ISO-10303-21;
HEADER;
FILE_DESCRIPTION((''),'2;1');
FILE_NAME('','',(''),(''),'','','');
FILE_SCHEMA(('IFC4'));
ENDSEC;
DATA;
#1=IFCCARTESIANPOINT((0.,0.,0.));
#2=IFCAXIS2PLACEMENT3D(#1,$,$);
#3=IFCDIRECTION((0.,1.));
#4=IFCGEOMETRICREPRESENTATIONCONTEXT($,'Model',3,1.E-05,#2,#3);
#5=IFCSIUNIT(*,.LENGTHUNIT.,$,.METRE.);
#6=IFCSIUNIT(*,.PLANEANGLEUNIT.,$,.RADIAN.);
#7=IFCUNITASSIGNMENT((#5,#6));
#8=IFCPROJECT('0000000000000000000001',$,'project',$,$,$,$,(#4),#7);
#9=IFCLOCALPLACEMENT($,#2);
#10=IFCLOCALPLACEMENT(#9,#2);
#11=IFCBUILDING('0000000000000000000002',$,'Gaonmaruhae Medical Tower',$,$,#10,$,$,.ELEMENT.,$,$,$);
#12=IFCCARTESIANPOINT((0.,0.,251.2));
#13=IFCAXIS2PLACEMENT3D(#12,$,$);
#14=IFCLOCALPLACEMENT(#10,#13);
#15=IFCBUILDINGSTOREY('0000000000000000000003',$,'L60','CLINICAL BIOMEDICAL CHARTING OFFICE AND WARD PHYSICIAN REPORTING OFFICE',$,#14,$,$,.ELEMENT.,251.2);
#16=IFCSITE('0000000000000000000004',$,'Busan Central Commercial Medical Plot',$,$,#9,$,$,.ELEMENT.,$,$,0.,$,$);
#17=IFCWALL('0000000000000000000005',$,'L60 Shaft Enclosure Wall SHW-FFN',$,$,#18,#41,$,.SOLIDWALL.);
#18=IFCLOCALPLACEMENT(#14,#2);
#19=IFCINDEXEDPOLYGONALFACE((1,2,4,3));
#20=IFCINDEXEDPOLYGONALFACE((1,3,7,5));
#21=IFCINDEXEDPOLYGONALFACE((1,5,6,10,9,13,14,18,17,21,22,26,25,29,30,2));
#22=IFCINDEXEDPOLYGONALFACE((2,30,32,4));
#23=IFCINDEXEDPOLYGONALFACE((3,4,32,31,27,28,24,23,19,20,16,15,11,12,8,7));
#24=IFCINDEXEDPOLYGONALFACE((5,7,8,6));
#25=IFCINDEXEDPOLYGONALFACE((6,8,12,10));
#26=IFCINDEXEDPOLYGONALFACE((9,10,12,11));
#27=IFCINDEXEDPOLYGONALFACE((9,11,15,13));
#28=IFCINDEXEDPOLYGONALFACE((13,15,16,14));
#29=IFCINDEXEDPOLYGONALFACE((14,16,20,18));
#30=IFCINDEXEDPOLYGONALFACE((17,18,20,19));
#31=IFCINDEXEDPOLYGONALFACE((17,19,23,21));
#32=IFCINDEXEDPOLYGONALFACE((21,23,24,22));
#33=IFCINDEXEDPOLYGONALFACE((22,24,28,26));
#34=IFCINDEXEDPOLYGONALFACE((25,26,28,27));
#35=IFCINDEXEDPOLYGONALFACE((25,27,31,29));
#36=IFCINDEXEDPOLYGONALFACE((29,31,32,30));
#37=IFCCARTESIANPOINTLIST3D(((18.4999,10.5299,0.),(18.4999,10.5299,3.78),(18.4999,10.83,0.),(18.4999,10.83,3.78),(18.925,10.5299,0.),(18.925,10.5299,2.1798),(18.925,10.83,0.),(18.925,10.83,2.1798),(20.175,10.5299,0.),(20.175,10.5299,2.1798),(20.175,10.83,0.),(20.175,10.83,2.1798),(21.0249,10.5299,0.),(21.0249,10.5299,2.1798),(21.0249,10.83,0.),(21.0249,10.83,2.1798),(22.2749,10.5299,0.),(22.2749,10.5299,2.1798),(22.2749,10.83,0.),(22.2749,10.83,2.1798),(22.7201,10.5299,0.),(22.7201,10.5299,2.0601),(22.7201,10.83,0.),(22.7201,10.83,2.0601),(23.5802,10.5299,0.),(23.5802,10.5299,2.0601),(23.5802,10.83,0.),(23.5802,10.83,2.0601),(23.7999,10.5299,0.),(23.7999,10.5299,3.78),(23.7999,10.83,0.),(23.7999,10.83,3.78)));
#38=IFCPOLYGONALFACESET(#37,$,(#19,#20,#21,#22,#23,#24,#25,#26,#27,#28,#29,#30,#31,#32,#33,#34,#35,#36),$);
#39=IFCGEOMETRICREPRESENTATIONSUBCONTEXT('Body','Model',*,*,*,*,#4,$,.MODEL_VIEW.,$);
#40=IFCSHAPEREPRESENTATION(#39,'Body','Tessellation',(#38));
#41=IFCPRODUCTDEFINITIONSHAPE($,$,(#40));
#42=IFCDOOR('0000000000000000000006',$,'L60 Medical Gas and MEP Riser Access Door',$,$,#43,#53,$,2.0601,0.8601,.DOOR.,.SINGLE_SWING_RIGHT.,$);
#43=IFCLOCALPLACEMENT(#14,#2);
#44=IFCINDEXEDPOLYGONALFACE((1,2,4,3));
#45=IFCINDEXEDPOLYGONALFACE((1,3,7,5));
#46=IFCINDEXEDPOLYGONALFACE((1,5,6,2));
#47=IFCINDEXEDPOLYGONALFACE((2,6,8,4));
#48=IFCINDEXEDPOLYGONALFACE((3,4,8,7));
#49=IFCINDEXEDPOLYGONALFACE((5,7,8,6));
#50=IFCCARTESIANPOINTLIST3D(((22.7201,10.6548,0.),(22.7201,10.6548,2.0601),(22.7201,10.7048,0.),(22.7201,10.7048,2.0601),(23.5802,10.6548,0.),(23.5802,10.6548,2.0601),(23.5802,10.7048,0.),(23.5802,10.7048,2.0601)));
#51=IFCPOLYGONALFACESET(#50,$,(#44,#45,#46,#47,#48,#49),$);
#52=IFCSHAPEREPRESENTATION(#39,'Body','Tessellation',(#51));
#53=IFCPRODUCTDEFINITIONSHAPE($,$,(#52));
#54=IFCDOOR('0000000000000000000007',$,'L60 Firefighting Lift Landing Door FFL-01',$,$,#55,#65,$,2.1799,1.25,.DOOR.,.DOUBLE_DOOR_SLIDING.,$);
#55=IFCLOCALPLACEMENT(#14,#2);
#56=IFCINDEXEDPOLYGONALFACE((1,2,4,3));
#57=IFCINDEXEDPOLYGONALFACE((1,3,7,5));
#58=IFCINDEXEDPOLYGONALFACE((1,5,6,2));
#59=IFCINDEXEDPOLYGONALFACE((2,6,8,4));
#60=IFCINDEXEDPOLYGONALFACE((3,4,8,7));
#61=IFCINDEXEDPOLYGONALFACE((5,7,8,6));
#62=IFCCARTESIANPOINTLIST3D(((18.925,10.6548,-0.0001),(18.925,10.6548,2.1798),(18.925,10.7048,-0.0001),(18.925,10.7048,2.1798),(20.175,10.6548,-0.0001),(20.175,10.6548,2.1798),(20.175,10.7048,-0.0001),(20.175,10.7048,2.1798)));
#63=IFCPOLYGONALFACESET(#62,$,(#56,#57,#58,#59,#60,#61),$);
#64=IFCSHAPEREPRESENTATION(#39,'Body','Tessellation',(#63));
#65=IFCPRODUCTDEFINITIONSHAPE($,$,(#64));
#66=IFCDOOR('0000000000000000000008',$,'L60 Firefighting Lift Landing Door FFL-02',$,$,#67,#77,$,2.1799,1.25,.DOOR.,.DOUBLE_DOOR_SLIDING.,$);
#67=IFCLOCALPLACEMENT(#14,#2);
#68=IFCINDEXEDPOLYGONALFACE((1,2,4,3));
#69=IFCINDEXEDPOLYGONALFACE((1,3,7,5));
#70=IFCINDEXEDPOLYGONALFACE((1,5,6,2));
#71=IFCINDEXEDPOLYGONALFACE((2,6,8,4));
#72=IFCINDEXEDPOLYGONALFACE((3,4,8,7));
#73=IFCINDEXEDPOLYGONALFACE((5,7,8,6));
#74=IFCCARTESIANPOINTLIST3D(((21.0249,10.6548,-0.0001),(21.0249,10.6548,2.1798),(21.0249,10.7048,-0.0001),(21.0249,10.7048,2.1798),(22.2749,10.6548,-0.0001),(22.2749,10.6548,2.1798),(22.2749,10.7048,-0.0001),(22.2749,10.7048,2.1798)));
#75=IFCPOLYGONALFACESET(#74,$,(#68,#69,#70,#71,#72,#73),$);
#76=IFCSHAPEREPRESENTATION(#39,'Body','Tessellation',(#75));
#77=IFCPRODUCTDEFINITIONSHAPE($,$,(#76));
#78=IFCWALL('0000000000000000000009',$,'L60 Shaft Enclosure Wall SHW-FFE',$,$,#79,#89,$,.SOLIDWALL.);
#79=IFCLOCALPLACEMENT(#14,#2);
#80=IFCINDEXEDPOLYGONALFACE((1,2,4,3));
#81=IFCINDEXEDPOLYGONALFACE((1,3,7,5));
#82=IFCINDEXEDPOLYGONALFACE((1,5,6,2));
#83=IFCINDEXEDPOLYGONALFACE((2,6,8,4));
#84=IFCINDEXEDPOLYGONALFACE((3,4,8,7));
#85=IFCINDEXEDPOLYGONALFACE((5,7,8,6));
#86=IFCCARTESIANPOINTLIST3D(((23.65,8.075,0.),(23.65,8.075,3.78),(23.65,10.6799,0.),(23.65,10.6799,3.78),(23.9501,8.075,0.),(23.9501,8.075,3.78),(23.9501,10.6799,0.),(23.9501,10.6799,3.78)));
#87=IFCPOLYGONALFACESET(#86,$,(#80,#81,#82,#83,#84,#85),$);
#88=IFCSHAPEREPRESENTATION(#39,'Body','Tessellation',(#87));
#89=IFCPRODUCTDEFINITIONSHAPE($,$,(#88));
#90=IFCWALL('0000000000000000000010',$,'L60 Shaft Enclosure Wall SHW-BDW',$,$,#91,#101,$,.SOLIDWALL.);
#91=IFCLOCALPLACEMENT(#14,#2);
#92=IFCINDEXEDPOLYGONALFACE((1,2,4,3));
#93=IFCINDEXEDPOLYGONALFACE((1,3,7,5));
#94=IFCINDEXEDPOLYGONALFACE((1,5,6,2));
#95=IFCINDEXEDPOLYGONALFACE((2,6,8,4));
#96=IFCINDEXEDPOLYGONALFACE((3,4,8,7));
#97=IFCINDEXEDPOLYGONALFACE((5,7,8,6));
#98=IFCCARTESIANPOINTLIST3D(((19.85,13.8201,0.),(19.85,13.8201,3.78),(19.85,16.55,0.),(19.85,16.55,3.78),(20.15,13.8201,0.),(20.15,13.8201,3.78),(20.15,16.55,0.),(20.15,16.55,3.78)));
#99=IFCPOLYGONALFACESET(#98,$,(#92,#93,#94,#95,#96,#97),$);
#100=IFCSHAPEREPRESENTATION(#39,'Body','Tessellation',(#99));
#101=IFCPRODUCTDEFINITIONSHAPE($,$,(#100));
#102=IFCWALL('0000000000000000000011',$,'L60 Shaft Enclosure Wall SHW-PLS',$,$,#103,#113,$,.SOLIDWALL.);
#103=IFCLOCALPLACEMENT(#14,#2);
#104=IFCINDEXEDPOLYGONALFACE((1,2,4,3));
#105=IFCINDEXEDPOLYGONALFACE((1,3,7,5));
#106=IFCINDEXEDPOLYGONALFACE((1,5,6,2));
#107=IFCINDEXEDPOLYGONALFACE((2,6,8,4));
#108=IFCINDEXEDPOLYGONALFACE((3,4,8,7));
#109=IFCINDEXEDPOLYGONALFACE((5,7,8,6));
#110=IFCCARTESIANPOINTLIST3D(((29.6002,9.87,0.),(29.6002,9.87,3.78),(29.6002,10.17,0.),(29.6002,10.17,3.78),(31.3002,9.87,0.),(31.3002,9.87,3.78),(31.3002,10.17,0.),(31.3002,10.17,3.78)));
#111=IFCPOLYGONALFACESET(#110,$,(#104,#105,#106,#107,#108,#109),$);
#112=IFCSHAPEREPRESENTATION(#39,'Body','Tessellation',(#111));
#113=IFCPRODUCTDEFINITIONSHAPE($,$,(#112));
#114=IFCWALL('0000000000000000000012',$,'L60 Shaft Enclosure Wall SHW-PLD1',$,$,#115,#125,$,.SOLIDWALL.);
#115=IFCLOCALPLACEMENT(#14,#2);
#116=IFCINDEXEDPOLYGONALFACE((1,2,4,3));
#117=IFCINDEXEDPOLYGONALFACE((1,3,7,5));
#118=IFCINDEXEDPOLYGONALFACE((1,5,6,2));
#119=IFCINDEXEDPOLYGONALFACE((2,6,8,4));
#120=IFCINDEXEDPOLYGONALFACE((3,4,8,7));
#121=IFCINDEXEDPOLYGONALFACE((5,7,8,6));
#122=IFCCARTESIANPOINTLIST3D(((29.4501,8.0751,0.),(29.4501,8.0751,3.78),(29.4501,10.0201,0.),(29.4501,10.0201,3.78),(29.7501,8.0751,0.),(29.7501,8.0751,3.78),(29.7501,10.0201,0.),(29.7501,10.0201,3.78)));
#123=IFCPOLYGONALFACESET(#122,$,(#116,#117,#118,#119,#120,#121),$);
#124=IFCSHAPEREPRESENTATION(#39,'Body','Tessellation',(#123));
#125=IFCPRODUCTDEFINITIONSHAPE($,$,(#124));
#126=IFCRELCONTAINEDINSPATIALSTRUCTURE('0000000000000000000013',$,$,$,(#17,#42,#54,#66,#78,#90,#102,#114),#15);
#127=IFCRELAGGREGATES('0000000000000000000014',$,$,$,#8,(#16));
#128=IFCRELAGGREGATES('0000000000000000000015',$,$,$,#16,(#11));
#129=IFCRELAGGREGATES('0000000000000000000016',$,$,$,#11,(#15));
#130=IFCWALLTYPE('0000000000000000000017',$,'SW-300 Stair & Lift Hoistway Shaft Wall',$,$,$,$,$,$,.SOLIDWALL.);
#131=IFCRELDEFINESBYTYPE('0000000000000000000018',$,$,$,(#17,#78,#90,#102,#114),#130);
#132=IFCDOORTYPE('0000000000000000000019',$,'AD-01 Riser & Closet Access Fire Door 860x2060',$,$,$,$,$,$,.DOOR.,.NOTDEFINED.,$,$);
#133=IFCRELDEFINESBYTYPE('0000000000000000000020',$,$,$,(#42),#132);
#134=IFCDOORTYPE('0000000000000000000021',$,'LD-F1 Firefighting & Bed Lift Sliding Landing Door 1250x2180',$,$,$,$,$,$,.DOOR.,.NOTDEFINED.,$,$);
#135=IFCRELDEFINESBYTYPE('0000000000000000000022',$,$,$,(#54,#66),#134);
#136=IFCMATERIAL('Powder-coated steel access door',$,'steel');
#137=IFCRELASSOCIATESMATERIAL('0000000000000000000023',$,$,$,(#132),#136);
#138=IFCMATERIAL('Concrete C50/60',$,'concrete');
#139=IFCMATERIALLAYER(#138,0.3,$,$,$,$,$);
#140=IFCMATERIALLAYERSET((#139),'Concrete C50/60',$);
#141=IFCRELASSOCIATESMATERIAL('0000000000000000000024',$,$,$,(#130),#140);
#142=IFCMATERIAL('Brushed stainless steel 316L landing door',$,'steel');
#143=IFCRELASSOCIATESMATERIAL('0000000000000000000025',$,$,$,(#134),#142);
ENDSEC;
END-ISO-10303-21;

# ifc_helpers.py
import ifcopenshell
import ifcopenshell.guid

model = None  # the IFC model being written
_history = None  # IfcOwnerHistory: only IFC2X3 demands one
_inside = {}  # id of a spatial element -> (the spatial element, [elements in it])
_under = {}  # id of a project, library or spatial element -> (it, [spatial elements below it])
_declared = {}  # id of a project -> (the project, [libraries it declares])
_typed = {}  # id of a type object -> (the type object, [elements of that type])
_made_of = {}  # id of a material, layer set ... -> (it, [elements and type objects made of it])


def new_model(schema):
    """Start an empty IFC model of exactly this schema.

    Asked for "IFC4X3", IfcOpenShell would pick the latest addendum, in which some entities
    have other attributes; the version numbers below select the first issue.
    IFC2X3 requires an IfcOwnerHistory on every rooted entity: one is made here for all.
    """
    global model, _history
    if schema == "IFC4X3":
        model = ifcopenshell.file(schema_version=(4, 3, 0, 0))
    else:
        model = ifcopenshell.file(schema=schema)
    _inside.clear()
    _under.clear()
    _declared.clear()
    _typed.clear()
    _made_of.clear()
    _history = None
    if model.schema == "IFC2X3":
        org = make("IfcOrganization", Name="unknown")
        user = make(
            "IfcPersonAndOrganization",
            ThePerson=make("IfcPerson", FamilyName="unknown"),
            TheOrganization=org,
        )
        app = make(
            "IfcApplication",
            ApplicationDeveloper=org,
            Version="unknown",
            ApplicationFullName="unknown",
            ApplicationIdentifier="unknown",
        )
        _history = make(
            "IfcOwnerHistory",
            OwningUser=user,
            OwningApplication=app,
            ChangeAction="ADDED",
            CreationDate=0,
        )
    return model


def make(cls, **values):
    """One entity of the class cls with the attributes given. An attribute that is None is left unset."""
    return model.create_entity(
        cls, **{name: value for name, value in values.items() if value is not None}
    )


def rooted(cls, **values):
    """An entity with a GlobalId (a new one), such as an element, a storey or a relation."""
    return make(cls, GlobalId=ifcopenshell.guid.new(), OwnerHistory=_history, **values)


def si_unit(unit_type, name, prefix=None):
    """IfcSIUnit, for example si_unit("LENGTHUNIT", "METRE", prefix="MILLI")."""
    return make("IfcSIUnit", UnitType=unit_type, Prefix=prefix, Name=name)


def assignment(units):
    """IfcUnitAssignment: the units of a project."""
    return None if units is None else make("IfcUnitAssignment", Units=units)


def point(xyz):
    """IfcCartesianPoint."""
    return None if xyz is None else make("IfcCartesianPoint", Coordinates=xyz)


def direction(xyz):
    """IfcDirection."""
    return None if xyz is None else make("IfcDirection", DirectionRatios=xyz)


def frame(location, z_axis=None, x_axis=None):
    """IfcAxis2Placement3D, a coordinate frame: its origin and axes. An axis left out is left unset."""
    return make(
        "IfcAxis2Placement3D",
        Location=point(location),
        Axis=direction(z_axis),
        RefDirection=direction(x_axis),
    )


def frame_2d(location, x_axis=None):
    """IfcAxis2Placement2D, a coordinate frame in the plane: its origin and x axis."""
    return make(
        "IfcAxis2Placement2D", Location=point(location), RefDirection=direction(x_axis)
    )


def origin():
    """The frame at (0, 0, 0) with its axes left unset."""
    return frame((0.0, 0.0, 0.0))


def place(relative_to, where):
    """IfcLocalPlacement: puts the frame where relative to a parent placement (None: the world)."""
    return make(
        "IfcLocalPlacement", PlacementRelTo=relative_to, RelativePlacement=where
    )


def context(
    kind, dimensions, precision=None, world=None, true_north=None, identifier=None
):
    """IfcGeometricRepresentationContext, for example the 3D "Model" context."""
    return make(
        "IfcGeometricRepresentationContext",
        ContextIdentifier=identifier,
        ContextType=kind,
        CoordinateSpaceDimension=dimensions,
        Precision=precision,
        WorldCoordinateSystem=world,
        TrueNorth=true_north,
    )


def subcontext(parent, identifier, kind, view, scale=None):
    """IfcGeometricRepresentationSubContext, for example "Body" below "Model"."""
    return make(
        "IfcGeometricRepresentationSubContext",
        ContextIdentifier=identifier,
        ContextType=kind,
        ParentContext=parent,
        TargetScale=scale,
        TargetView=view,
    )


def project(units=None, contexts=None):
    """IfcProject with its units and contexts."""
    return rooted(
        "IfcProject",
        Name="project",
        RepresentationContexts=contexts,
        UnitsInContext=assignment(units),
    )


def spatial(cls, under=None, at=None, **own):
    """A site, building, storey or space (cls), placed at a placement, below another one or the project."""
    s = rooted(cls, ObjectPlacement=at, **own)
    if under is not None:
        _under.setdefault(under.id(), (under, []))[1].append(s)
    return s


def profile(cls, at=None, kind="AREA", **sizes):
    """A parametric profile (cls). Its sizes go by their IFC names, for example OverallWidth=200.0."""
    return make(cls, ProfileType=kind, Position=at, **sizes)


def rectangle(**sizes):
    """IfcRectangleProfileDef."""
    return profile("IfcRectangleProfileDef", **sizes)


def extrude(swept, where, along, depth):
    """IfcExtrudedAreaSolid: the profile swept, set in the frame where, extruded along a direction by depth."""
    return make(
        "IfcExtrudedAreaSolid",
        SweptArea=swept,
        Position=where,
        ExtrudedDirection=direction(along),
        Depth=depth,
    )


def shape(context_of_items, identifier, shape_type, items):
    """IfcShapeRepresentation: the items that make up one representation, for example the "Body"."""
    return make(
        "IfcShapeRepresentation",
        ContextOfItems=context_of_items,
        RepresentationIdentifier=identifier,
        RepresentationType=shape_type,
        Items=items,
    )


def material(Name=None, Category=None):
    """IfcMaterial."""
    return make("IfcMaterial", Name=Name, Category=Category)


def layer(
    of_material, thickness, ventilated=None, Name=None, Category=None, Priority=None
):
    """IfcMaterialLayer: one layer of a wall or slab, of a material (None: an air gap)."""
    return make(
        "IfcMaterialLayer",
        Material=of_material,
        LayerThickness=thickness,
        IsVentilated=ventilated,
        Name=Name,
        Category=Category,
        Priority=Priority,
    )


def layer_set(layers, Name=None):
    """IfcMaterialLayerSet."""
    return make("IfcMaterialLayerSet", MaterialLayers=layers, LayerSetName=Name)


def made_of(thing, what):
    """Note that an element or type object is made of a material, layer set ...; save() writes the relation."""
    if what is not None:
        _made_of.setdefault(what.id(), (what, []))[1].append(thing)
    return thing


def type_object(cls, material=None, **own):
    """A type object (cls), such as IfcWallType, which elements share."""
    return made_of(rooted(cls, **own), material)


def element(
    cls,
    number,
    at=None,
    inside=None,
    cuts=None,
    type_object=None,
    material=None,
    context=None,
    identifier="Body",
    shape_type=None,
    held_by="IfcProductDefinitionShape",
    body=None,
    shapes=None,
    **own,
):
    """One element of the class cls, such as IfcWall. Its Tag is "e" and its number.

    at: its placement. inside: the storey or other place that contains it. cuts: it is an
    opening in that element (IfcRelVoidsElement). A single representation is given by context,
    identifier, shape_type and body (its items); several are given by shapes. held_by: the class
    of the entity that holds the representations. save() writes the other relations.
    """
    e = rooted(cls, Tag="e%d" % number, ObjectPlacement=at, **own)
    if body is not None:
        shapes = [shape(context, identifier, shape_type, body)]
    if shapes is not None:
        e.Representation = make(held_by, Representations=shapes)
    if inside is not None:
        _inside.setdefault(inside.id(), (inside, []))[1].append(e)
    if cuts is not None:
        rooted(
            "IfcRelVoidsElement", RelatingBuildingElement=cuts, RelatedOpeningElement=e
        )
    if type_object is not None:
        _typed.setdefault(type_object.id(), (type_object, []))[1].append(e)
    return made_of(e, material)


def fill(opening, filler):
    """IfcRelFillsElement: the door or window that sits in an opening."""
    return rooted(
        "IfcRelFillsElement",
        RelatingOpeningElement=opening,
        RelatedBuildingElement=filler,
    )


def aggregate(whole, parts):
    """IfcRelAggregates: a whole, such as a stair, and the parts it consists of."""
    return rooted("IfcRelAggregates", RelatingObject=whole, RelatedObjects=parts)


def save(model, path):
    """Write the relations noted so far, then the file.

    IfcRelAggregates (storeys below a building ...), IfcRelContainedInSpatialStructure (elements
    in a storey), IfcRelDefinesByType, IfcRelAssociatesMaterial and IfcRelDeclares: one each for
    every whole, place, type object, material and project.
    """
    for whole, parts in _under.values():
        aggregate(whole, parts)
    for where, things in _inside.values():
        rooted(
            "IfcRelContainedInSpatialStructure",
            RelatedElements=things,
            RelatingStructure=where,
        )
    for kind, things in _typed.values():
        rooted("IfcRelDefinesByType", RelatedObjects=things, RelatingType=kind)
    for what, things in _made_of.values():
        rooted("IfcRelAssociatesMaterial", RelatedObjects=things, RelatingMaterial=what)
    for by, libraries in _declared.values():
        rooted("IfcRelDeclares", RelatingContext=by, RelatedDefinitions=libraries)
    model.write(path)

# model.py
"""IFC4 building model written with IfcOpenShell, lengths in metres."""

from ifc_helpers import new_model, si_unit, direction, frame, frame_2d, origin, place, context, subcontext, project, spatial, rectangle, extrude, material, layer, layer_set, type_object, element, fill, save


model = new_model("IFC4")

# Units and contexts
model_context = context("Model", 3, precision=1e-05, world=origin(), true_north=direction((0.0, 1.0)))
body_context = subcontext(model_context, "Body", "Model", "MODEL_VIEW")
ifc_project = project(units=[si_unit("LENGTHUNIT", "METRE"), si_unit("PLANEANGLEUNIT", "RADIAN")], contexts=[model_context])

# Site, building, storey
site_placement = place(None, origin())
site = spatial("IfcSite", under=ifc_project, at=site_placement, Name="Busan Central Commercial Medical Plot", CompositionType="ELEMENT", RefElevation=0.0)
building_placement = place(site_placement, origin())
building = spatial("IfcBuilding", under=site, at=building_placement, Name="Gaonmaruhae Medical Tower", CompositionType="ELEMENT")
storey_placement = place(building_placement, frame((0.0, 0.0, 251.2)))
storey = spatial("IfcBuildingStorey", under=building, at=storey_placement, Name="L60", Description="CLINICAL BIOMEDICAL CHARTING OFFICE AND WARD PHYSICIAN REPORTING OFFICE", CompositionType="ELEMENT", Elevation=251.2)

# Shared definitions
ifc_material_1 = material(Name="Concrete C50/60", Category="concrete")

# Shared definitions
ifc_material_2 = material(Name="Powder-coated steel access door", Category="steel")
door_type_1 = type_object("IfcDoorType", Name="AD-01 Riser & Closet Access Fire Door 860x2060", OperationType="NOTDEFINED", PredefinedType="DOOR", material=ifc_material_2)

# Wall, openings, doors
ifc_layer_1 = layer(ifc_material_1, 0.3)
ifc_layer_set_1 = layer_set([ifc_layer_1], Name="Concrete C50/60")
wall_type_1 = type_object("IfcWallType", Name="SW-300 Stair & Lift Hoistway Shaft Wall", PredefinedType="SOLIDWALL", material=ifc_layer_set_1)
wall_1_placement = place(storey_placement, frame((18.5, 10.6799, 0.0), z_axis=(0.0, 0.0, 1.0), x_axis=(1.0, 0.0, 0.0)))
wall_1 = element("IfcWall", 1, at=wall_1_placement, inside=storey, type_object=wall_type_1, Name="L60 Shaft Enclosure Wall SHW-FFN", PredefinedType="SOLIDWALL", context=body_context, shape_type="SweptSolid", body=[
    extrude(rectangle(XDim=5.3, YDim=0.3, at=frame_2d((2.6499, 0.0))), origin(), (0.0, 0.0, 1.0), 3.78),
])
opening_1_placement = place(wall_1_placement, frame((4.22, 0.0, 0.0)))
opening_1 = element("IfcOpeningElement", 2, at=opening_1_placement, cuts=wall_1, PredefinedType="OPENING", context=body_context, shape_type="SweptSolid", body=[
    extrude(rectangle(XDim=0.8601, YDim=2.0601, at=frame_2d((0.4302, 1.03))), frame((0.0, 0.1602, 0.0), z_axis=(0.0, -1.0, 0.0), x_axis=(1.0, 0.0, 0.0)), (0.0, 0.0, 1.0), 0.3201),
])
opening_2_placement = place(wall_1_placement, frame((0.425, 0.0, 0.0)))
opening_2 = element("IfcOpeningElement", 3, at=opening_2_placement, cuts=wall_1, PredefinedType="OPENING", context=body_context, shape_type="SweptSolid", body=[
    extrude(rectangle(XDim=1.25, YDim=2.1799, at=frame_2d((0.625, 1.0898))), frame((0.0, 0.1602, 0.0), z_axis=(0.0, -1.0, 0.0), x_axis=(1.0, 0.0, 0.0)), (0.0, 0.0, 1.0), 0.3201),
])
opening_3_placement = place(wall_1_placement, frame((2.5249, 0.0, 0.0)))
opening_3 = element("IfcOpeningElement", 4, at=opening_3_placement, cuts=wall_1, PredefinedType="OPENING", context=body_context, shape_type="SweptSolid", body=[
    extrude(rectangle(XDim=1.25, YDim=2.1799, at=frame_2d((0.625, 1.0898))), frame((0.0, 0.1602, 0.0), z_axis=(0.0, -1.0, 0.0), x_axis=(1.0, 0.0, 0.0)), (0.0, 0.0, 1.0), 0.3201),
])
door_1_placement = place(opening_1_placement, origin())
door_1 = element("IfcDoor", 5, at=door_1_placement, inside=storey, type_object=door_type_1, Name="L60 Medical Gas and MEP Riser Access Door", OperationType="SINGLE_SWING_RIGHT", OverallHeight=2.0601, OverallWidth=0.8601, PredefinedType="DOOR", context=body_context, shape_type="SweptSolid", body=[
    extrude(rectangle(XDim=0.8601, YDim=2.0601, at=frame_2d((0.4302, 1.03))), frame((0.0, 0.0249, 0.0), z_axis=(0.0, -1.0, 0.0), x_axis=(1.0, 0.0, 0.0)), (0.0, 0.0, 1.0), 0.05),
])
fill(opening_1, door_1)
ifc_material_3 = material(Name="Brushed stainless steel 316L landing door", Category="steel")
door_type_2 = type_object("IfcDoorType", Name="LD-F1 Firefighting & Bed Lift Sliding Landing Door 1250x2180", OperationType="NOTDEFINED", PredefinedType="DOOR", material=ifc_material_3)
door_2_placement = place(opening_2_placement, origin())
door_2 = element("IfcDoor", 6, at=door_2_placement, inside=storey, type_object=door_type_2, Name="L60 Firefighting Lift Landing Door FFL-01", OperationType="DOUBLE_DOOR_SLIDING", OverallHeight=2.1799, OverallWidth=1.25, PredefinedType="DOOR", context=body_context, shape_type="SweptSolid", body=[
    extrude(rectangle(XDim=1.25, YDim=2.1799, at=frame_2d((0.625, 1.0898))), frame((0.0, 0.0249, 0.0), z_axis=(0.0, -1.0, 0.0), x_axis=(1.0, 0.0, 0.0)), (0.0, 0.0, 1.0), 0.05),
])
fill(opening_2, door_2)
door_3_placement = place(opening_3_placement, origin())
door_3 = element("IfcDoor", 7, at=door_3_placement, inside=storey, type_object=door_type_2, Name="L60 Firefighting Lift Landing Door FFL-02", OperationType="DOUBLE_DOOR_SLIDING", OverallHeight=2.1799, OverallWidth=1.25, PredefinedType="DOOR", context=body_context, shape_type="SweptSolid", body=[
    extrude(rectangle(XDim=1.25, YDim=2.1799, at=frame_2d((0.625, 1.0898))), frame((0.0, 0.0249, 0.0), z_axis=(0.0, -1.0, 0.0), x_axis=(1.0, 0.0, 0.0)), (0.0, 0.0, 1.0), 0.05),
])
fill(opening_3, door_3)

# Walls
wall_2_placement = place(storey_placement, frame((23.8, 8.075, 0.0), z_axis=(0.0, 0.0, 1.0), x_axis=(0.0, 1.0, 0.0)))
element("IfcWall", 8, at=wall_2_placement, inside=storey, type_object=wall_type_1, Name="L60 Shaft Enclosure Wall SHW-FFE", PredefinedType="SOLIDWALL", context=body_context, shape_type="SweptSolid", body=[
    extrude(rectangle(XDim=2.605, YDim=0.3, at=frame_2d((1.3025, 0.0))), origin(), (0.0, 0.0, 1.0), 3.78),
])
wall_3_placement = place(storey_placement, frame((20.0, 13.8201, 0.0), z_axis=(0.0, 0.0, 1.0), x_axis=(0.0, 1.0, 0.0)))
element("IfcWall", 9, at=wall_3_placement, inside=storey, type_object=wall_type_1, Name="L60 Shaft Enclosure Wall SHW-BDW", PredefinedType="SOLIDWALL", context=body_context, shape_type="SweptSolid", body=[
    extrude(rectangle(XDim=2.73, YDim=0.3, at=frame_2d((1.365, 0.0))), origin(), (0.0, 0.0, 1.0), 3.78),
])
wall_4_placement = place(storey_placement, frame((29.6001, 10.02, 0.0), z_axis=(0.0, 0.0, 1.0), x_axis=(1.0, 0.0, 0.0)))
element("IfcWall", 10, at=wall_4_placement, inside=storey, type_object=wall_type_1, Name="L60 Shaft Enclosure Wall SHW-PLS", PredefinedType="SOLIDWALL", context=body_context, shape_type="SweptSolid", body=[
    extrude(rectangle(XDim=1.7, YDim=0.3, at=frame_2d((0.8501, 0.0))), origin(), (0.0, 0.0, 1.0), 3.78),
])
wall_5_placement = place(storey_placement, frame((29.6001, 8.075, 0.0), z_axis=(0.0, 0.0, 1.0), x_axis=(0.0, 1.0, 0.0)))
element("IfcWall", 11, at=wall_5_placement, inside=storey, type_object=wall_type_1, Name="L60 Shaft Enclosure Wall SHW-PLD1", PredefinedType="SOLIDWALL", context=body_context, shape_type="SweptSolid", body=[
    extrude(rectangle(XDim=1.9451, YDim=0.3, at=frame_2d((0.9727, 0.0))), origin(), (0.0, 0.0, 1.0), 3.78),
])

save(model, "model.ifc")
